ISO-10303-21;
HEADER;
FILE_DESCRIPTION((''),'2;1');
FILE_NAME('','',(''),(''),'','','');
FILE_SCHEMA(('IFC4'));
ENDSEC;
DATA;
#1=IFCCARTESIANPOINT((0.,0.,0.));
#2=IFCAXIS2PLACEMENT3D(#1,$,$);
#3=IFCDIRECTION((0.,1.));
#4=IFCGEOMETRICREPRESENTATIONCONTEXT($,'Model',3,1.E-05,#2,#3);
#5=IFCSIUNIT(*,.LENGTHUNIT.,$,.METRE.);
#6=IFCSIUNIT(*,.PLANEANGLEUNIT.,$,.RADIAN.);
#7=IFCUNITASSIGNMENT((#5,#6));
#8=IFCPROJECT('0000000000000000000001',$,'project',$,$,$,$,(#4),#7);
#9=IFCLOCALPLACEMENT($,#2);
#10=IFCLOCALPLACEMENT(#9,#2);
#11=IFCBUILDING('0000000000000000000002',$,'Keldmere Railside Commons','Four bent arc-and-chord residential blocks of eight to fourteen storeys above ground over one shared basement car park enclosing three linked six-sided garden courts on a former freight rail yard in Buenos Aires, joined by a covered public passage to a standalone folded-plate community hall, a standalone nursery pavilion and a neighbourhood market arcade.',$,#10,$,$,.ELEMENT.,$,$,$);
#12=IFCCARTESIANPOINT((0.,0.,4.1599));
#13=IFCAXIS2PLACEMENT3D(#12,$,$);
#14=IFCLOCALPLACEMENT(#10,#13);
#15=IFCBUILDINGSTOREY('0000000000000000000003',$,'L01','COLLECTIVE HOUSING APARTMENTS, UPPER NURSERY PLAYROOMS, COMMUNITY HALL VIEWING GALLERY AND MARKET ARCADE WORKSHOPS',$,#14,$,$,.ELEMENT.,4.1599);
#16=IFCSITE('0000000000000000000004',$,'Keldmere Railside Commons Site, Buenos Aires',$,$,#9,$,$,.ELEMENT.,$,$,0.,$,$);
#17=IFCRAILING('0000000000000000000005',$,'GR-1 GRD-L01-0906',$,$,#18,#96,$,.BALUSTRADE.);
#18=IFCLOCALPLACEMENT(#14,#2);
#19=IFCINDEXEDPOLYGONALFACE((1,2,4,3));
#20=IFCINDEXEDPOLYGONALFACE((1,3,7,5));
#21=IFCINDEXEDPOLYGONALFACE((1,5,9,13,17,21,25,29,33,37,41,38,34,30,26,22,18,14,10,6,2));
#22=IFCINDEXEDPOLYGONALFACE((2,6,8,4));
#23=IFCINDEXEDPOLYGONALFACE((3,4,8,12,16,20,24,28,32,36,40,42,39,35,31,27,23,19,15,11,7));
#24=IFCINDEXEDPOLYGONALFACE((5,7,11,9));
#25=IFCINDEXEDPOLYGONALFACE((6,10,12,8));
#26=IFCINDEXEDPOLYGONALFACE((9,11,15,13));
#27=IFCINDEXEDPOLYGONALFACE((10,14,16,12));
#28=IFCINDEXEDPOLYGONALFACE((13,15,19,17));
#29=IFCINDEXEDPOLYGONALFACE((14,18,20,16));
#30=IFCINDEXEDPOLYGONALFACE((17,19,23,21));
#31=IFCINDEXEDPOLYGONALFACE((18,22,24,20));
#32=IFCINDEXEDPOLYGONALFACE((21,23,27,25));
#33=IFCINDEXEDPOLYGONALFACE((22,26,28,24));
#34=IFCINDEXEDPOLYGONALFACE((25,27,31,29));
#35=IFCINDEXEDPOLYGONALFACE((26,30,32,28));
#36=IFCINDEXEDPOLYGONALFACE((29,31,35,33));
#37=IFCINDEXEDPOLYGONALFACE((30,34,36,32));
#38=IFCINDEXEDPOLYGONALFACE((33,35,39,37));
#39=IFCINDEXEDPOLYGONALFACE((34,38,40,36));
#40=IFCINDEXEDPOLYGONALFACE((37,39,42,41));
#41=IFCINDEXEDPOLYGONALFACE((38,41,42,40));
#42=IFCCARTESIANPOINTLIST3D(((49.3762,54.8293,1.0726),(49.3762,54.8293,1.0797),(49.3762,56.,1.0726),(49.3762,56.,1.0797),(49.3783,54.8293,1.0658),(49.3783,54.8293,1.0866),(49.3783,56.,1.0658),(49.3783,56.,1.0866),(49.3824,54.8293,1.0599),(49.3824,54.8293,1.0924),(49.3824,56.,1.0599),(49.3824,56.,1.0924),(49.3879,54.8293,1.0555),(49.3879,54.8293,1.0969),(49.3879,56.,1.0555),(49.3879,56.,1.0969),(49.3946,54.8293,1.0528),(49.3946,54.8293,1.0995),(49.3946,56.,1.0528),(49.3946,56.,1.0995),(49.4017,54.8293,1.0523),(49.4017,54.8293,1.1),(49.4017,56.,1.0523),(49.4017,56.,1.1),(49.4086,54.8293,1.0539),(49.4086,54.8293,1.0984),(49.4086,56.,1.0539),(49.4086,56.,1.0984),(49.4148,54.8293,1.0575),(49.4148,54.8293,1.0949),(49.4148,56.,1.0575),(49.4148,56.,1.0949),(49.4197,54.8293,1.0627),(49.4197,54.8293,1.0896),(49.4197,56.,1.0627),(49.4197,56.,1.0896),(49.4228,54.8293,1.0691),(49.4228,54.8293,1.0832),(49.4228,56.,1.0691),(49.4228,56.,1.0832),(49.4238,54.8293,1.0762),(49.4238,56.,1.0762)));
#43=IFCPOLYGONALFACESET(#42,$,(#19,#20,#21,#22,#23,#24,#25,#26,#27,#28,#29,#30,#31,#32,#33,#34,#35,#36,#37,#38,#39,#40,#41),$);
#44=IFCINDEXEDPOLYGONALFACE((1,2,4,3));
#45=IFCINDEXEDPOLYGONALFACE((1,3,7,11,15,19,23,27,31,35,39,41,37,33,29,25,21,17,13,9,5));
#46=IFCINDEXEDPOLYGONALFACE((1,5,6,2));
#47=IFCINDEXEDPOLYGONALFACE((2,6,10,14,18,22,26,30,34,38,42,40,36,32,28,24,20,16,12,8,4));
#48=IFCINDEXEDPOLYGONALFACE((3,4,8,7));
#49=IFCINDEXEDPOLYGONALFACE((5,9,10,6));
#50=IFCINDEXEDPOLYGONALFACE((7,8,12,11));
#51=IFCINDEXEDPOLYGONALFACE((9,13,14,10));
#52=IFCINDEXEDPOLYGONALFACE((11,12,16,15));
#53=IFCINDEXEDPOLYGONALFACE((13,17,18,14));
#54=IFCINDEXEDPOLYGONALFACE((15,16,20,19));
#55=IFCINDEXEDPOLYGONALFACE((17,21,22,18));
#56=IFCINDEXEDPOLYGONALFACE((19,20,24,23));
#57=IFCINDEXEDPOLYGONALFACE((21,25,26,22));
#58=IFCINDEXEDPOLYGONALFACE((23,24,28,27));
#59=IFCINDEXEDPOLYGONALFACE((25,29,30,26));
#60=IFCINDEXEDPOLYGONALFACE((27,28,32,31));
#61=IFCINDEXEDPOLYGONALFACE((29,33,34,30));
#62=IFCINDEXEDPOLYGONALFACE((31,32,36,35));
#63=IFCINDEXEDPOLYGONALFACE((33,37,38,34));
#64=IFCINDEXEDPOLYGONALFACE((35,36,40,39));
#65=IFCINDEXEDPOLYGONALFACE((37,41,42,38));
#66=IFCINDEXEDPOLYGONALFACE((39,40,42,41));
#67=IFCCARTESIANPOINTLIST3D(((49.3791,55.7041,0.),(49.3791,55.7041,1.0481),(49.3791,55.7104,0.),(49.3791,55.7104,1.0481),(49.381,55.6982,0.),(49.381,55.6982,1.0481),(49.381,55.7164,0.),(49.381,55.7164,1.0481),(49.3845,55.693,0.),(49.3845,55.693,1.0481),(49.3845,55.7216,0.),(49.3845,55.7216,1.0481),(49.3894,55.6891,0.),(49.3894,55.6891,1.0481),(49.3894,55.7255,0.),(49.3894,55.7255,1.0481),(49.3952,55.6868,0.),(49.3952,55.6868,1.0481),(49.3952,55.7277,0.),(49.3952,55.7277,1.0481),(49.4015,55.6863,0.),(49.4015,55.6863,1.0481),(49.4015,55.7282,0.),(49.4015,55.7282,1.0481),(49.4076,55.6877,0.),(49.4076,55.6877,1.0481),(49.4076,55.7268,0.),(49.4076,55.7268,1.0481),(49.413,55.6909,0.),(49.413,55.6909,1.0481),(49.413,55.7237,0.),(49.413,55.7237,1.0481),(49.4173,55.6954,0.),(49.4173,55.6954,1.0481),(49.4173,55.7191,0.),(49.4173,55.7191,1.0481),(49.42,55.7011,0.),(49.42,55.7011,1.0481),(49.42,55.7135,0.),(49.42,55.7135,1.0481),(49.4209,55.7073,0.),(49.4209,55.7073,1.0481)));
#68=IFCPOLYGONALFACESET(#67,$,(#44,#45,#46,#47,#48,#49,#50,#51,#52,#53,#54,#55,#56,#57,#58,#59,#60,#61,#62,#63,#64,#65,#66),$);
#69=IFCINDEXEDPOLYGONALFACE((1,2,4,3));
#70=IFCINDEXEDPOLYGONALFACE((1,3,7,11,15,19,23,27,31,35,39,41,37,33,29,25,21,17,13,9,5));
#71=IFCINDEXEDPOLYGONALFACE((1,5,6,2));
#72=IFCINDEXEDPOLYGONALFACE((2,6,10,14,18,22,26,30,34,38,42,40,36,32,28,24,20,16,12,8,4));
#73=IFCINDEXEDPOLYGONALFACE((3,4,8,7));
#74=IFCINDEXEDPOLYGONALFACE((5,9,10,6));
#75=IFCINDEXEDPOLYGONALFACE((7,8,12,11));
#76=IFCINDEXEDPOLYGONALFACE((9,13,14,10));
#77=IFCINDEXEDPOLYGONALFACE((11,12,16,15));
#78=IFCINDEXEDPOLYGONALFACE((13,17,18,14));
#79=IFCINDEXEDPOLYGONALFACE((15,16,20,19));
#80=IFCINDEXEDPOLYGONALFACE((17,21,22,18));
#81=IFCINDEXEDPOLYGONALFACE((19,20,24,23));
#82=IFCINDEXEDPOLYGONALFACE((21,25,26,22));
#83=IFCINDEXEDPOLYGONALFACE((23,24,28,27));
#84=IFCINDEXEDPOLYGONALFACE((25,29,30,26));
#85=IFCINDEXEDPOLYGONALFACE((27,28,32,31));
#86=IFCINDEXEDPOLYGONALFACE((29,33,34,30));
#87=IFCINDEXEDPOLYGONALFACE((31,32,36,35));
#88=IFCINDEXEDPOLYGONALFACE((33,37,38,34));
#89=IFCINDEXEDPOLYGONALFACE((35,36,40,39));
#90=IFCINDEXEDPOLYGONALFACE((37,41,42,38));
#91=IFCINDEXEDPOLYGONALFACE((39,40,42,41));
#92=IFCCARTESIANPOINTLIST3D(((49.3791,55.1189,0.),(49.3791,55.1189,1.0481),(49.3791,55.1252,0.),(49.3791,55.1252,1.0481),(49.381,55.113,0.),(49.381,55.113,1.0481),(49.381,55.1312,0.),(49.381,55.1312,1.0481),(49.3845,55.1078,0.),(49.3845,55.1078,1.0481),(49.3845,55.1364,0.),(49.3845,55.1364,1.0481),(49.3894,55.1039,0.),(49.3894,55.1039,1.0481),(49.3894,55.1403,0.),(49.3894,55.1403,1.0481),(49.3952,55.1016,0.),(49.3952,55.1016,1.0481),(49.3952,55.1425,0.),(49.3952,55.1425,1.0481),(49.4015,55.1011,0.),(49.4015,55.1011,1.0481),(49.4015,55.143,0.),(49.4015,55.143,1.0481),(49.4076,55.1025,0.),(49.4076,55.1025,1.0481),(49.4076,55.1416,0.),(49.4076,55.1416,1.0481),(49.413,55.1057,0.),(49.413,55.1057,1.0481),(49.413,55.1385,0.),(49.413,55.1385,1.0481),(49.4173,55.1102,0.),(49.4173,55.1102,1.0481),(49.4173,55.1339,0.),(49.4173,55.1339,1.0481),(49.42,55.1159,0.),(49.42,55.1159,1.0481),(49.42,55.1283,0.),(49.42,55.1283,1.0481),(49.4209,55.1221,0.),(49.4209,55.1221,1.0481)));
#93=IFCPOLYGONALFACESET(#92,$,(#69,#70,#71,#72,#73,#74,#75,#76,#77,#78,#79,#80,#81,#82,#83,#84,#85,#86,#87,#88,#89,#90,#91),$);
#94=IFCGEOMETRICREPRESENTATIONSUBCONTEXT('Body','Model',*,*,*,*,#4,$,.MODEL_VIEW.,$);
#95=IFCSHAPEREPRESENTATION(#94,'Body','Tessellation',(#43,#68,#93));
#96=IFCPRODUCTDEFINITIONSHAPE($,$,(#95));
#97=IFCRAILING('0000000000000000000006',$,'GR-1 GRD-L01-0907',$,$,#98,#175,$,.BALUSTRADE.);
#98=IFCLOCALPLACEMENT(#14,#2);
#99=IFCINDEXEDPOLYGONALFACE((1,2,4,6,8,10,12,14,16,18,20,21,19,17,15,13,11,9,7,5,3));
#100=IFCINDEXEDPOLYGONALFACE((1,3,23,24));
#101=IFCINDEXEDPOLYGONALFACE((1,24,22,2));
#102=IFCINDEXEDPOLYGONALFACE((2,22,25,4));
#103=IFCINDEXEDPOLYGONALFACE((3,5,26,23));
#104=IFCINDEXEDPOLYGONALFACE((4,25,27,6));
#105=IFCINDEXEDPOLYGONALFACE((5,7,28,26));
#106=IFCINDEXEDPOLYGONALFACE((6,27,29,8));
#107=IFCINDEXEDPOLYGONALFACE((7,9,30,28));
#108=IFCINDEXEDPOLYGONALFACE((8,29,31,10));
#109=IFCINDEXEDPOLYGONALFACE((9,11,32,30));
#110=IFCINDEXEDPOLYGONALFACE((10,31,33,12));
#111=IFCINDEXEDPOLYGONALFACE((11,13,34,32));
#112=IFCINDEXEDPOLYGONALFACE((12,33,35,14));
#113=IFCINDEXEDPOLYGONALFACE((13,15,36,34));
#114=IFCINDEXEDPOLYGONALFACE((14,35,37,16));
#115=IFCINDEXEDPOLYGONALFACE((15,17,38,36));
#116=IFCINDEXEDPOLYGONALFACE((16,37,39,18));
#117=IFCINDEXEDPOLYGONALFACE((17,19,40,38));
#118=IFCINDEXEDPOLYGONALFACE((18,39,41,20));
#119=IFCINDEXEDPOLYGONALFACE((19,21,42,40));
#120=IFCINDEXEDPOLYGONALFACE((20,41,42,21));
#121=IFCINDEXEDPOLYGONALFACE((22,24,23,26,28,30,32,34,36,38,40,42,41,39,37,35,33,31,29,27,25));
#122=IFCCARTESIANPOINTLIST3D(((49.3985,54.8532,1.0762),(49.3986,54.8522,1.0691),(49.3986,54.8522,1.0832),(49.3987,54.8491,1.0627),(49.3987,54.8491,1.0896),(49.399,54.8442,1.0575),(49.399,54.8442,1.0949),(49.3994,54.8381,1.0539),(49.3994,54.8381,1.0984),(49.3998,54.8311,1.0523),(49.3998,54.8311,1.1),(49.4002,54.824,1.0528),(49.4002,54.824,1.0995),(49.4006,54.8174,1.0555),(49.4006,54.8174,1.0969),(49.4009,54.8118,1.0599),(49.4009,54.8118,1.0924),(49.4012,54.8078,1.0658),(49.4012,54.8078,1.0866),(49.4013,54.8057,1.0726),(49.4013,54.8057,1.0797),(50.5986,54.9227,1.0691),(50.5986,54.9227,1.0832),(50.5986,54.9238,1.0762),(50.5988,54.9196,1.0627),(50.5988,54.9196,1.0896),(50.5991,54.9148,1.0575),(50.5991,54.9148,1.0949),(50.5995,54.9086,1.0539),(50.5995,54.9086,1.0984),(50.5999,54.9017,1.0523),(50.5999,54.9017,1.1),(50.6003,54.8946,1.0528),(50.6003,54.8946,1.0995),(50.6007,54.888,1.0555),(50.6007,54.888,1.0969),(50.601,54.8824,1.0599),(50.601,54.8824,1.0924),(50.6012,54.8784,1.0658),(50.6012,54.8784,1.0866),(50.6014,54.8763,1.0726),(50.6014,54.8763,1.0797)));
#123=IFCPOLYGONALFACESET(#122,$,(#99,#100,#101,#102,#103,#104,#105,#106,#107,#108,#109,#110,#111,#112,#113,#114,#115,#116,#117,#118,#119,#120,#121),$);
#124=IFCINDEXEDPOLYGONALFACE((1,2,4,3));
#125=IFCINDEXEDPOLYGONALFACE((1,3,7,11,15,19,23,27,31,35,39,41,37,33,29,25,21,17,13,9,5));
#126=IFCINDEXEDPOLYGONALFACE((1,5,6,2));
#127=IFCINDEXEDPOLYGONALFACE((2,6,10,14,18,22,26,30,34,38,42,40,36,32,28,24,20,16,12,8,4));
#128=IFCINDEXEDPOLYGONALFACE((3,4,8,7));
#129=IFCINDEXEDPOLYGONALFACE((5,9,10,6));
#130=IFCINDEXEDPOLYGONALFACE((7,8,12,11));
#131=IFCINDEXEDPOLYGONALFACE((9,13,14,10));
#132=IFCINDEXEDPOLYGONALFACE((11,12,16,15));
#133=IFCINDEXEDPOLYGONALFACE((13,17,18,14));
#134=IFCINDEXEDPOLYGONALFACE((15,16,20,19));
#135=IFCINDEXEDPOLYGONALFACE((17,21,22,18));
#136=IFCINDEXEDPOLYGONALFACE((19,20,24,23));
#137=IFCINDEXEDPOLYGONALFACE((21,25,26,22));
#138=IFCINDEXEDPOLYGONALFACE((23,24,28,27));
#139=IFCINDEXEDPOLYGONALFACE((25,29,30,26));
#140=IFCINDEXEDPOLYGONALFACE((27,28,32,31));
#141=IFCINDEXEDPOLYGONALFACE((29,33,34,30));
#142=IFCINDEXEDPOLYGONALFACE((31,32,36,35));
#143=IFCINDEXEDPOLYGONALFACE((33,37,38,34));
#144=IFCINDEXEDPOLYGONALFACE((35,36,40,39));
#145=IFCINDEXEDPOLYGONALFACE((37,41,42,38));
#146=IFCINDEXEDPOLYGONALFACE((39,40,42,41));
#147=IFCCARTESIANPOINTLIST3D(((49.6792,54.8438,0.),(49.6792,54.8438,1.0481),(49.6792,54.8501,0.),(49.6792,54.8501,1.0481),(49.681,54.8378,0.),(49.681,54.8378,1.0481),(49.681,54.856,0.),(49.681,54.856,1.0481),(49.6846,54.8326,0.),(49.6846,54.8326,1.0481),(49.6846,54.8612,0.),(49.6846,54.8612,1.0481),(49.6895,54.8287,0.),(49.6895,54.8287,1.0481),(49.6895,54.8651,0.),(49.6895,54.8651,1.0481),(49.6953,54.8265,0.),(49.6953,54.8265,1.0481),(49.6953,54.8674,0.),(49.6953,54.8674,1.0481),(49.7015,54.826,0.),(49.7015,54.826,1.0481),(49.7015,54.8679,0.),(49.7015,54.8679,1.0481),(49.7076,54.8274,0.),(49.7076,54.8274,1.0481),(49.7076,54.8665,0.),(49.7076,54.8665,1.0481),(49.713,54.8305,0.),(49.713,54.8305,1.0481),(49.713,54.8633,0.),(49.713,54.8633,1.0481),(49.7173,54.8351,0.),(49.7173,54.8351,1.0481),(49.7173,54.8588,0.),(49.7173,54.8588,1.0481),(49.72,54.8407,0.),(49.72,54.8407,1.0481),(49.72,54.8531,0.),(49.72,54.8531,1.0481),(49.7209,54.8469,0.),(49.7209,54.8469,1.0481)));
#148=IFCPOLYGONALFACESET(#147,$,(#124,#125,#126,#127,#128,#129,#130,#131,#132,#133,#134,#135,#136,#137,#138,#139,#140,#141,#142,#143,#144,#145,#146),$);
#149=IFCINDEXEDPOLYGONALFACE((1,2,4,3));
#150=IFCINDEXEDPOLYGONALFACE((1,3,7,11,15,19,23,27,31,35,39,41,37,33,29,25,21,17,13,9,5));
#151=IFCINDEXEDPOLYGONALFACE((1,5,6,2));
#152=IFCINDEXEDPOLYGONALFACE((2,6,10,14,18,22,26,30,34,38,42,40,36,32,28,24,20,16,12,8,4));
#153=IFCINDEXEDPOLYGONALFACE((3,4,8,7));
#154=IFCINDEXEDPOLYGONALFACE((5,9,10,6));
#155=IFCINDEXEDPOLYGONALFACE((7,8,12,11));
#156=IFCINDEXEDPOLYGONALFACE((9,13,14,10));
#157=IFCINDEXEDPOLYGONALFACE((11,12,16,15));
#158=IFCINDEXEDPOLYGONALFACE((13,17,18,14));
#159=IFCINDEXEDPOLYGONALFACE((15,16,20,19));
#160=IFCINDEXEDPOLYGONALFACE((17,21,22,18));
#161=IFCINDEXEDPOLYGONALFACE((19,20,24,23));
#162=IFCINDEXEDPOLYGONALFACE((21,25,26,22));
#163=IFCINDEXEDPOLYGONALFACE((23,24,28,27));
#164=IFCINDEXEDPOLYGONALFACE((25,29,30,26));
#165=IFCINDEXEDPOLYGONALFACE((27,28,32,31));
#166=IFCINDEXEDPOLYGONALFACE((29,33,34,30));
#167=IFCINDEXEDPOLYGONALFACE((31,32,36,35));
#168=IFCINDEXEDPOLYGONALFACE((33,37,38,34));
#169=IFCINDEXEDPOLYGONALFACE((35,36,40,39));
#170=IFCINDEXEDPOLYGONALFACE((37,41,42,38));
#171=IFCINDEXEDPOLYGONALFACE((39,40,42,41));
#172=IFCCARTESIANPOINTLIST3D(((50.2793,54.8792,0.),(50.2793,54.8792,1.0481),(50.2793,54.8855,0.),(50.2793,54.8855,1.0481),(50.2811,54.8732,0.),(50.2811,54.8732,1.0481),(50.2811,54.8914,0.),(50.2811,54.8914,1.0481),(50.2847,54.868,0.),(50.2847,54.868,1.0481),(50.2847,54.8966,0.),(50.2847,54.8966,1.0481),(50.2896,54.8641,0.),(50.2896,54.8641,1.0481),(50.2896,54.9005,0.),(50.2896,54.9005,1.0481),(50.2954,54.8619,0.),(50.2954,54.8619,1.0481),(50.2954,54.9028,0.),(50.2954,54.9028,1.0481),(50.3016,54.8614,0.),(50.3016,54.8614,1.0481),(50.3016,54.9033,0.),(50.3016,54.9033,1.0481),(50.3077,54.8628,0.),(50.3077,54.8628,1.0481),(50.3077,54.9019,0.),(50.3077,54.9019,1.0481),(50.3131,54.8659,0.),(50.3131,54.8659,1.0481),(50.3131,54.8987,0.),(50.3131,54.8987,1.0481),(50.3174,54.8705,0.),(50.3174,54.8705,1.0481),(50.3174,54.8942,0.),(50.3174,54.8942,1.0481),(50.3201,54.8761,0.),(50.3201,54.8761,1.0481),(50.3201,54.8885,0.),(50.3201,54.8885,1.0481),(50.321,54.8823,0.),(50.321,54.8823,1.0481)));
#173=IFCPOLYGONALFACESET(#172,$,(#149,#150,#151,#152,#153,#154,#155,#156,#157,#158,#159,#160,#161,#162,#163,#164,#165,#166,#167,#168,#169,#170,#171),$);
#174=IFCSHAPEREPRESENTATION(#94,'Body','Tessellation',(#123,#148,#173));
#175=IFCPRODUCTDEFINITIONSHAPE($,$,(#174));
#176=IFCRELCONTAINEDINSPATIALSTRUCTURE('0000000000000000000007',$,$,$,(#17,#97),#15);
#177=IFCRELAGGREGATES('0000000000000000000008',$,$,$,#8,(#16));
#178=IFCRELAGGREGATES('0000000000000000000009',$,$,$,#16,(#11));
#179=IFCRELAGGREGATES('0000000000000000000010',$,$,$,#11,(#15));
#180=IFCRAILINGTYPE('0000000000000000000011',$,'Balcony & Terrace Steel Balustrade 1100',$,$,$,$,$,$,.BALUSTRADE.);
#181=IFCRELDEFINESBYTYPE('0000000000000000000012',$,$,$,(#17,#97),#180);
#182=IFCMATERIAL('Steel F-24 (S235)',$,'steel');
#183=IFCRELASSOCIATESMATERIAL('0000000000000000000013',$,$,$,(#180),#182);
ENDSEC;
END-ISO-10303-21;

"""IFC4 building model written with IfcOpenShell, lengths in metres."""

from ifc_helpers import new_model, si_unit, direction, frame, origin, origin_2d, place, context, subcontext, project, spatial, circle, extrude, material, type_object, element, save


model = new_model("IFC4")

# Units and contexts
model_context = context("Model", 3, precision=1e-05, world=origin(), true_north=direction((0.0, 1.0)))
body_context = subcontext(model_context, "Body", "Model", "MODEL_VIEW")
ifc_project = project(units=[si_unit("LENGTHUNIT", "METRE"), si_unit("PLANEANGLEUNIT", "RADIAN")], contexts=[model_context])

# Site, building, storey
site_placement = place(None, origin())
site = spatial("IfcSite", under=ifc_project, at=site_placement, Name="Keldmere Railside Commons Site, Buenos Aires", CompositionType="ELEMENT", RefElevation=0.0)
building_placement = place(site_placement, origin())
building = spatial("IfcBuilding", under=site, at=building_placement, Name="Keldmere Railside Commons", Description="Four bent arc-and-chord residential blocks of eight to fourteen storeys above ground over one shared basement car park enclosing three linked six-sided garden courts on a former freight rail yard in Buenos Aires, joined by a covered public passage to a standalone folded-plate community hall, a standalone nursery pavilion and a neighbourhood market arcade.", CompositionType="ELEMENT")
storey_placement = place(building_placement, frame((0.0, 0.0, 4.1599)))
storey = spatial("IfcBuildingStorey", under=building, at=storey_placement, Name="L01", Description="COLLECTIVE HOUSING APARTMENTS, UPPER NURSERY PLAYROOMS, COMMUNITY HALL VIEWING GALLERY AND MARKET ARCADE WORKSHOPS", CompositionType="ELEMENT", Elevation=4.1599)

# Railings
ifc_material_1 = material(Name="Steel F-24 (S235)", Category="steel")
railing_type = type_object("IfcRailingType", Name="Balcony & Terrace Steel Balustrade 1100", PredefinedType="BALUSTRADE", material=ifc_material_1)
railing_1_placement = place(storey_placement, frame((49.3999, 56.0, 0.0)))
element("IfcRailing", 1, at=railing_1_placement, inside=storey, type_object=railing_type, Name="GR-1 GRD-L01-0906", PredefinedType="BALUSTRADE", context=body_context, shape_type="SweptSolid", body=[
    extrude(circle(Radius=0.0239, at=origin_2d()), frame((0.0, 0.0, 1.0762), z_axis=(0.0, -1.0, 0.0), x_axis=(1.0, 0.0, 0.0)), (0.0, 0.0, 1.0), 1.1707),
    extrude(circle(Radius=0.021, at=origin_2d()), frame((0.0, -0.2927, 0.0)), (0.0, 0.0, 1.0), 1.0481),
    extrude(circle(Radius=0.021, at=origin_2d()), frame((0.0, -0.8779, 0.0)), (0.0, 0.0, 1.0), 1.0481),
])
railing_2_placement = place(storey_placement, frame((49.3999, 54.8293, 0.0)))
element("IfcRailing", 2, at=railing_2_placement, inside=storey, type_object=railing_type, Name="GR-1 GRD-L01-0907", PredefinedType="BALUSTRADE", context=body_context, shape_type="SweptSolid", body=[
    extrude(circle(Radius=0.0239, at=origin_2d()), frame((0.0, 0.0, 1.0762), z_axis=(0.998276, 0.058686, 0.0), x_axis=(-0.058686, 0.998276, 0.0)), (0.0, 0.0, 1.0), 1.2021),
    extrude(circle(Radius=0.021, at=origin_2d()), frame((0.3, 0.0176, 0.0)), (0.0, 0.0, 1.0), 1.0481),
    extrude(circle(Radius=0.021, at=origin_2d()), frame((0.9001, 0.053, 0.0)), (0.0, 0.0, 1.0), 1.0481),
])

save(model, "model.ifc")
